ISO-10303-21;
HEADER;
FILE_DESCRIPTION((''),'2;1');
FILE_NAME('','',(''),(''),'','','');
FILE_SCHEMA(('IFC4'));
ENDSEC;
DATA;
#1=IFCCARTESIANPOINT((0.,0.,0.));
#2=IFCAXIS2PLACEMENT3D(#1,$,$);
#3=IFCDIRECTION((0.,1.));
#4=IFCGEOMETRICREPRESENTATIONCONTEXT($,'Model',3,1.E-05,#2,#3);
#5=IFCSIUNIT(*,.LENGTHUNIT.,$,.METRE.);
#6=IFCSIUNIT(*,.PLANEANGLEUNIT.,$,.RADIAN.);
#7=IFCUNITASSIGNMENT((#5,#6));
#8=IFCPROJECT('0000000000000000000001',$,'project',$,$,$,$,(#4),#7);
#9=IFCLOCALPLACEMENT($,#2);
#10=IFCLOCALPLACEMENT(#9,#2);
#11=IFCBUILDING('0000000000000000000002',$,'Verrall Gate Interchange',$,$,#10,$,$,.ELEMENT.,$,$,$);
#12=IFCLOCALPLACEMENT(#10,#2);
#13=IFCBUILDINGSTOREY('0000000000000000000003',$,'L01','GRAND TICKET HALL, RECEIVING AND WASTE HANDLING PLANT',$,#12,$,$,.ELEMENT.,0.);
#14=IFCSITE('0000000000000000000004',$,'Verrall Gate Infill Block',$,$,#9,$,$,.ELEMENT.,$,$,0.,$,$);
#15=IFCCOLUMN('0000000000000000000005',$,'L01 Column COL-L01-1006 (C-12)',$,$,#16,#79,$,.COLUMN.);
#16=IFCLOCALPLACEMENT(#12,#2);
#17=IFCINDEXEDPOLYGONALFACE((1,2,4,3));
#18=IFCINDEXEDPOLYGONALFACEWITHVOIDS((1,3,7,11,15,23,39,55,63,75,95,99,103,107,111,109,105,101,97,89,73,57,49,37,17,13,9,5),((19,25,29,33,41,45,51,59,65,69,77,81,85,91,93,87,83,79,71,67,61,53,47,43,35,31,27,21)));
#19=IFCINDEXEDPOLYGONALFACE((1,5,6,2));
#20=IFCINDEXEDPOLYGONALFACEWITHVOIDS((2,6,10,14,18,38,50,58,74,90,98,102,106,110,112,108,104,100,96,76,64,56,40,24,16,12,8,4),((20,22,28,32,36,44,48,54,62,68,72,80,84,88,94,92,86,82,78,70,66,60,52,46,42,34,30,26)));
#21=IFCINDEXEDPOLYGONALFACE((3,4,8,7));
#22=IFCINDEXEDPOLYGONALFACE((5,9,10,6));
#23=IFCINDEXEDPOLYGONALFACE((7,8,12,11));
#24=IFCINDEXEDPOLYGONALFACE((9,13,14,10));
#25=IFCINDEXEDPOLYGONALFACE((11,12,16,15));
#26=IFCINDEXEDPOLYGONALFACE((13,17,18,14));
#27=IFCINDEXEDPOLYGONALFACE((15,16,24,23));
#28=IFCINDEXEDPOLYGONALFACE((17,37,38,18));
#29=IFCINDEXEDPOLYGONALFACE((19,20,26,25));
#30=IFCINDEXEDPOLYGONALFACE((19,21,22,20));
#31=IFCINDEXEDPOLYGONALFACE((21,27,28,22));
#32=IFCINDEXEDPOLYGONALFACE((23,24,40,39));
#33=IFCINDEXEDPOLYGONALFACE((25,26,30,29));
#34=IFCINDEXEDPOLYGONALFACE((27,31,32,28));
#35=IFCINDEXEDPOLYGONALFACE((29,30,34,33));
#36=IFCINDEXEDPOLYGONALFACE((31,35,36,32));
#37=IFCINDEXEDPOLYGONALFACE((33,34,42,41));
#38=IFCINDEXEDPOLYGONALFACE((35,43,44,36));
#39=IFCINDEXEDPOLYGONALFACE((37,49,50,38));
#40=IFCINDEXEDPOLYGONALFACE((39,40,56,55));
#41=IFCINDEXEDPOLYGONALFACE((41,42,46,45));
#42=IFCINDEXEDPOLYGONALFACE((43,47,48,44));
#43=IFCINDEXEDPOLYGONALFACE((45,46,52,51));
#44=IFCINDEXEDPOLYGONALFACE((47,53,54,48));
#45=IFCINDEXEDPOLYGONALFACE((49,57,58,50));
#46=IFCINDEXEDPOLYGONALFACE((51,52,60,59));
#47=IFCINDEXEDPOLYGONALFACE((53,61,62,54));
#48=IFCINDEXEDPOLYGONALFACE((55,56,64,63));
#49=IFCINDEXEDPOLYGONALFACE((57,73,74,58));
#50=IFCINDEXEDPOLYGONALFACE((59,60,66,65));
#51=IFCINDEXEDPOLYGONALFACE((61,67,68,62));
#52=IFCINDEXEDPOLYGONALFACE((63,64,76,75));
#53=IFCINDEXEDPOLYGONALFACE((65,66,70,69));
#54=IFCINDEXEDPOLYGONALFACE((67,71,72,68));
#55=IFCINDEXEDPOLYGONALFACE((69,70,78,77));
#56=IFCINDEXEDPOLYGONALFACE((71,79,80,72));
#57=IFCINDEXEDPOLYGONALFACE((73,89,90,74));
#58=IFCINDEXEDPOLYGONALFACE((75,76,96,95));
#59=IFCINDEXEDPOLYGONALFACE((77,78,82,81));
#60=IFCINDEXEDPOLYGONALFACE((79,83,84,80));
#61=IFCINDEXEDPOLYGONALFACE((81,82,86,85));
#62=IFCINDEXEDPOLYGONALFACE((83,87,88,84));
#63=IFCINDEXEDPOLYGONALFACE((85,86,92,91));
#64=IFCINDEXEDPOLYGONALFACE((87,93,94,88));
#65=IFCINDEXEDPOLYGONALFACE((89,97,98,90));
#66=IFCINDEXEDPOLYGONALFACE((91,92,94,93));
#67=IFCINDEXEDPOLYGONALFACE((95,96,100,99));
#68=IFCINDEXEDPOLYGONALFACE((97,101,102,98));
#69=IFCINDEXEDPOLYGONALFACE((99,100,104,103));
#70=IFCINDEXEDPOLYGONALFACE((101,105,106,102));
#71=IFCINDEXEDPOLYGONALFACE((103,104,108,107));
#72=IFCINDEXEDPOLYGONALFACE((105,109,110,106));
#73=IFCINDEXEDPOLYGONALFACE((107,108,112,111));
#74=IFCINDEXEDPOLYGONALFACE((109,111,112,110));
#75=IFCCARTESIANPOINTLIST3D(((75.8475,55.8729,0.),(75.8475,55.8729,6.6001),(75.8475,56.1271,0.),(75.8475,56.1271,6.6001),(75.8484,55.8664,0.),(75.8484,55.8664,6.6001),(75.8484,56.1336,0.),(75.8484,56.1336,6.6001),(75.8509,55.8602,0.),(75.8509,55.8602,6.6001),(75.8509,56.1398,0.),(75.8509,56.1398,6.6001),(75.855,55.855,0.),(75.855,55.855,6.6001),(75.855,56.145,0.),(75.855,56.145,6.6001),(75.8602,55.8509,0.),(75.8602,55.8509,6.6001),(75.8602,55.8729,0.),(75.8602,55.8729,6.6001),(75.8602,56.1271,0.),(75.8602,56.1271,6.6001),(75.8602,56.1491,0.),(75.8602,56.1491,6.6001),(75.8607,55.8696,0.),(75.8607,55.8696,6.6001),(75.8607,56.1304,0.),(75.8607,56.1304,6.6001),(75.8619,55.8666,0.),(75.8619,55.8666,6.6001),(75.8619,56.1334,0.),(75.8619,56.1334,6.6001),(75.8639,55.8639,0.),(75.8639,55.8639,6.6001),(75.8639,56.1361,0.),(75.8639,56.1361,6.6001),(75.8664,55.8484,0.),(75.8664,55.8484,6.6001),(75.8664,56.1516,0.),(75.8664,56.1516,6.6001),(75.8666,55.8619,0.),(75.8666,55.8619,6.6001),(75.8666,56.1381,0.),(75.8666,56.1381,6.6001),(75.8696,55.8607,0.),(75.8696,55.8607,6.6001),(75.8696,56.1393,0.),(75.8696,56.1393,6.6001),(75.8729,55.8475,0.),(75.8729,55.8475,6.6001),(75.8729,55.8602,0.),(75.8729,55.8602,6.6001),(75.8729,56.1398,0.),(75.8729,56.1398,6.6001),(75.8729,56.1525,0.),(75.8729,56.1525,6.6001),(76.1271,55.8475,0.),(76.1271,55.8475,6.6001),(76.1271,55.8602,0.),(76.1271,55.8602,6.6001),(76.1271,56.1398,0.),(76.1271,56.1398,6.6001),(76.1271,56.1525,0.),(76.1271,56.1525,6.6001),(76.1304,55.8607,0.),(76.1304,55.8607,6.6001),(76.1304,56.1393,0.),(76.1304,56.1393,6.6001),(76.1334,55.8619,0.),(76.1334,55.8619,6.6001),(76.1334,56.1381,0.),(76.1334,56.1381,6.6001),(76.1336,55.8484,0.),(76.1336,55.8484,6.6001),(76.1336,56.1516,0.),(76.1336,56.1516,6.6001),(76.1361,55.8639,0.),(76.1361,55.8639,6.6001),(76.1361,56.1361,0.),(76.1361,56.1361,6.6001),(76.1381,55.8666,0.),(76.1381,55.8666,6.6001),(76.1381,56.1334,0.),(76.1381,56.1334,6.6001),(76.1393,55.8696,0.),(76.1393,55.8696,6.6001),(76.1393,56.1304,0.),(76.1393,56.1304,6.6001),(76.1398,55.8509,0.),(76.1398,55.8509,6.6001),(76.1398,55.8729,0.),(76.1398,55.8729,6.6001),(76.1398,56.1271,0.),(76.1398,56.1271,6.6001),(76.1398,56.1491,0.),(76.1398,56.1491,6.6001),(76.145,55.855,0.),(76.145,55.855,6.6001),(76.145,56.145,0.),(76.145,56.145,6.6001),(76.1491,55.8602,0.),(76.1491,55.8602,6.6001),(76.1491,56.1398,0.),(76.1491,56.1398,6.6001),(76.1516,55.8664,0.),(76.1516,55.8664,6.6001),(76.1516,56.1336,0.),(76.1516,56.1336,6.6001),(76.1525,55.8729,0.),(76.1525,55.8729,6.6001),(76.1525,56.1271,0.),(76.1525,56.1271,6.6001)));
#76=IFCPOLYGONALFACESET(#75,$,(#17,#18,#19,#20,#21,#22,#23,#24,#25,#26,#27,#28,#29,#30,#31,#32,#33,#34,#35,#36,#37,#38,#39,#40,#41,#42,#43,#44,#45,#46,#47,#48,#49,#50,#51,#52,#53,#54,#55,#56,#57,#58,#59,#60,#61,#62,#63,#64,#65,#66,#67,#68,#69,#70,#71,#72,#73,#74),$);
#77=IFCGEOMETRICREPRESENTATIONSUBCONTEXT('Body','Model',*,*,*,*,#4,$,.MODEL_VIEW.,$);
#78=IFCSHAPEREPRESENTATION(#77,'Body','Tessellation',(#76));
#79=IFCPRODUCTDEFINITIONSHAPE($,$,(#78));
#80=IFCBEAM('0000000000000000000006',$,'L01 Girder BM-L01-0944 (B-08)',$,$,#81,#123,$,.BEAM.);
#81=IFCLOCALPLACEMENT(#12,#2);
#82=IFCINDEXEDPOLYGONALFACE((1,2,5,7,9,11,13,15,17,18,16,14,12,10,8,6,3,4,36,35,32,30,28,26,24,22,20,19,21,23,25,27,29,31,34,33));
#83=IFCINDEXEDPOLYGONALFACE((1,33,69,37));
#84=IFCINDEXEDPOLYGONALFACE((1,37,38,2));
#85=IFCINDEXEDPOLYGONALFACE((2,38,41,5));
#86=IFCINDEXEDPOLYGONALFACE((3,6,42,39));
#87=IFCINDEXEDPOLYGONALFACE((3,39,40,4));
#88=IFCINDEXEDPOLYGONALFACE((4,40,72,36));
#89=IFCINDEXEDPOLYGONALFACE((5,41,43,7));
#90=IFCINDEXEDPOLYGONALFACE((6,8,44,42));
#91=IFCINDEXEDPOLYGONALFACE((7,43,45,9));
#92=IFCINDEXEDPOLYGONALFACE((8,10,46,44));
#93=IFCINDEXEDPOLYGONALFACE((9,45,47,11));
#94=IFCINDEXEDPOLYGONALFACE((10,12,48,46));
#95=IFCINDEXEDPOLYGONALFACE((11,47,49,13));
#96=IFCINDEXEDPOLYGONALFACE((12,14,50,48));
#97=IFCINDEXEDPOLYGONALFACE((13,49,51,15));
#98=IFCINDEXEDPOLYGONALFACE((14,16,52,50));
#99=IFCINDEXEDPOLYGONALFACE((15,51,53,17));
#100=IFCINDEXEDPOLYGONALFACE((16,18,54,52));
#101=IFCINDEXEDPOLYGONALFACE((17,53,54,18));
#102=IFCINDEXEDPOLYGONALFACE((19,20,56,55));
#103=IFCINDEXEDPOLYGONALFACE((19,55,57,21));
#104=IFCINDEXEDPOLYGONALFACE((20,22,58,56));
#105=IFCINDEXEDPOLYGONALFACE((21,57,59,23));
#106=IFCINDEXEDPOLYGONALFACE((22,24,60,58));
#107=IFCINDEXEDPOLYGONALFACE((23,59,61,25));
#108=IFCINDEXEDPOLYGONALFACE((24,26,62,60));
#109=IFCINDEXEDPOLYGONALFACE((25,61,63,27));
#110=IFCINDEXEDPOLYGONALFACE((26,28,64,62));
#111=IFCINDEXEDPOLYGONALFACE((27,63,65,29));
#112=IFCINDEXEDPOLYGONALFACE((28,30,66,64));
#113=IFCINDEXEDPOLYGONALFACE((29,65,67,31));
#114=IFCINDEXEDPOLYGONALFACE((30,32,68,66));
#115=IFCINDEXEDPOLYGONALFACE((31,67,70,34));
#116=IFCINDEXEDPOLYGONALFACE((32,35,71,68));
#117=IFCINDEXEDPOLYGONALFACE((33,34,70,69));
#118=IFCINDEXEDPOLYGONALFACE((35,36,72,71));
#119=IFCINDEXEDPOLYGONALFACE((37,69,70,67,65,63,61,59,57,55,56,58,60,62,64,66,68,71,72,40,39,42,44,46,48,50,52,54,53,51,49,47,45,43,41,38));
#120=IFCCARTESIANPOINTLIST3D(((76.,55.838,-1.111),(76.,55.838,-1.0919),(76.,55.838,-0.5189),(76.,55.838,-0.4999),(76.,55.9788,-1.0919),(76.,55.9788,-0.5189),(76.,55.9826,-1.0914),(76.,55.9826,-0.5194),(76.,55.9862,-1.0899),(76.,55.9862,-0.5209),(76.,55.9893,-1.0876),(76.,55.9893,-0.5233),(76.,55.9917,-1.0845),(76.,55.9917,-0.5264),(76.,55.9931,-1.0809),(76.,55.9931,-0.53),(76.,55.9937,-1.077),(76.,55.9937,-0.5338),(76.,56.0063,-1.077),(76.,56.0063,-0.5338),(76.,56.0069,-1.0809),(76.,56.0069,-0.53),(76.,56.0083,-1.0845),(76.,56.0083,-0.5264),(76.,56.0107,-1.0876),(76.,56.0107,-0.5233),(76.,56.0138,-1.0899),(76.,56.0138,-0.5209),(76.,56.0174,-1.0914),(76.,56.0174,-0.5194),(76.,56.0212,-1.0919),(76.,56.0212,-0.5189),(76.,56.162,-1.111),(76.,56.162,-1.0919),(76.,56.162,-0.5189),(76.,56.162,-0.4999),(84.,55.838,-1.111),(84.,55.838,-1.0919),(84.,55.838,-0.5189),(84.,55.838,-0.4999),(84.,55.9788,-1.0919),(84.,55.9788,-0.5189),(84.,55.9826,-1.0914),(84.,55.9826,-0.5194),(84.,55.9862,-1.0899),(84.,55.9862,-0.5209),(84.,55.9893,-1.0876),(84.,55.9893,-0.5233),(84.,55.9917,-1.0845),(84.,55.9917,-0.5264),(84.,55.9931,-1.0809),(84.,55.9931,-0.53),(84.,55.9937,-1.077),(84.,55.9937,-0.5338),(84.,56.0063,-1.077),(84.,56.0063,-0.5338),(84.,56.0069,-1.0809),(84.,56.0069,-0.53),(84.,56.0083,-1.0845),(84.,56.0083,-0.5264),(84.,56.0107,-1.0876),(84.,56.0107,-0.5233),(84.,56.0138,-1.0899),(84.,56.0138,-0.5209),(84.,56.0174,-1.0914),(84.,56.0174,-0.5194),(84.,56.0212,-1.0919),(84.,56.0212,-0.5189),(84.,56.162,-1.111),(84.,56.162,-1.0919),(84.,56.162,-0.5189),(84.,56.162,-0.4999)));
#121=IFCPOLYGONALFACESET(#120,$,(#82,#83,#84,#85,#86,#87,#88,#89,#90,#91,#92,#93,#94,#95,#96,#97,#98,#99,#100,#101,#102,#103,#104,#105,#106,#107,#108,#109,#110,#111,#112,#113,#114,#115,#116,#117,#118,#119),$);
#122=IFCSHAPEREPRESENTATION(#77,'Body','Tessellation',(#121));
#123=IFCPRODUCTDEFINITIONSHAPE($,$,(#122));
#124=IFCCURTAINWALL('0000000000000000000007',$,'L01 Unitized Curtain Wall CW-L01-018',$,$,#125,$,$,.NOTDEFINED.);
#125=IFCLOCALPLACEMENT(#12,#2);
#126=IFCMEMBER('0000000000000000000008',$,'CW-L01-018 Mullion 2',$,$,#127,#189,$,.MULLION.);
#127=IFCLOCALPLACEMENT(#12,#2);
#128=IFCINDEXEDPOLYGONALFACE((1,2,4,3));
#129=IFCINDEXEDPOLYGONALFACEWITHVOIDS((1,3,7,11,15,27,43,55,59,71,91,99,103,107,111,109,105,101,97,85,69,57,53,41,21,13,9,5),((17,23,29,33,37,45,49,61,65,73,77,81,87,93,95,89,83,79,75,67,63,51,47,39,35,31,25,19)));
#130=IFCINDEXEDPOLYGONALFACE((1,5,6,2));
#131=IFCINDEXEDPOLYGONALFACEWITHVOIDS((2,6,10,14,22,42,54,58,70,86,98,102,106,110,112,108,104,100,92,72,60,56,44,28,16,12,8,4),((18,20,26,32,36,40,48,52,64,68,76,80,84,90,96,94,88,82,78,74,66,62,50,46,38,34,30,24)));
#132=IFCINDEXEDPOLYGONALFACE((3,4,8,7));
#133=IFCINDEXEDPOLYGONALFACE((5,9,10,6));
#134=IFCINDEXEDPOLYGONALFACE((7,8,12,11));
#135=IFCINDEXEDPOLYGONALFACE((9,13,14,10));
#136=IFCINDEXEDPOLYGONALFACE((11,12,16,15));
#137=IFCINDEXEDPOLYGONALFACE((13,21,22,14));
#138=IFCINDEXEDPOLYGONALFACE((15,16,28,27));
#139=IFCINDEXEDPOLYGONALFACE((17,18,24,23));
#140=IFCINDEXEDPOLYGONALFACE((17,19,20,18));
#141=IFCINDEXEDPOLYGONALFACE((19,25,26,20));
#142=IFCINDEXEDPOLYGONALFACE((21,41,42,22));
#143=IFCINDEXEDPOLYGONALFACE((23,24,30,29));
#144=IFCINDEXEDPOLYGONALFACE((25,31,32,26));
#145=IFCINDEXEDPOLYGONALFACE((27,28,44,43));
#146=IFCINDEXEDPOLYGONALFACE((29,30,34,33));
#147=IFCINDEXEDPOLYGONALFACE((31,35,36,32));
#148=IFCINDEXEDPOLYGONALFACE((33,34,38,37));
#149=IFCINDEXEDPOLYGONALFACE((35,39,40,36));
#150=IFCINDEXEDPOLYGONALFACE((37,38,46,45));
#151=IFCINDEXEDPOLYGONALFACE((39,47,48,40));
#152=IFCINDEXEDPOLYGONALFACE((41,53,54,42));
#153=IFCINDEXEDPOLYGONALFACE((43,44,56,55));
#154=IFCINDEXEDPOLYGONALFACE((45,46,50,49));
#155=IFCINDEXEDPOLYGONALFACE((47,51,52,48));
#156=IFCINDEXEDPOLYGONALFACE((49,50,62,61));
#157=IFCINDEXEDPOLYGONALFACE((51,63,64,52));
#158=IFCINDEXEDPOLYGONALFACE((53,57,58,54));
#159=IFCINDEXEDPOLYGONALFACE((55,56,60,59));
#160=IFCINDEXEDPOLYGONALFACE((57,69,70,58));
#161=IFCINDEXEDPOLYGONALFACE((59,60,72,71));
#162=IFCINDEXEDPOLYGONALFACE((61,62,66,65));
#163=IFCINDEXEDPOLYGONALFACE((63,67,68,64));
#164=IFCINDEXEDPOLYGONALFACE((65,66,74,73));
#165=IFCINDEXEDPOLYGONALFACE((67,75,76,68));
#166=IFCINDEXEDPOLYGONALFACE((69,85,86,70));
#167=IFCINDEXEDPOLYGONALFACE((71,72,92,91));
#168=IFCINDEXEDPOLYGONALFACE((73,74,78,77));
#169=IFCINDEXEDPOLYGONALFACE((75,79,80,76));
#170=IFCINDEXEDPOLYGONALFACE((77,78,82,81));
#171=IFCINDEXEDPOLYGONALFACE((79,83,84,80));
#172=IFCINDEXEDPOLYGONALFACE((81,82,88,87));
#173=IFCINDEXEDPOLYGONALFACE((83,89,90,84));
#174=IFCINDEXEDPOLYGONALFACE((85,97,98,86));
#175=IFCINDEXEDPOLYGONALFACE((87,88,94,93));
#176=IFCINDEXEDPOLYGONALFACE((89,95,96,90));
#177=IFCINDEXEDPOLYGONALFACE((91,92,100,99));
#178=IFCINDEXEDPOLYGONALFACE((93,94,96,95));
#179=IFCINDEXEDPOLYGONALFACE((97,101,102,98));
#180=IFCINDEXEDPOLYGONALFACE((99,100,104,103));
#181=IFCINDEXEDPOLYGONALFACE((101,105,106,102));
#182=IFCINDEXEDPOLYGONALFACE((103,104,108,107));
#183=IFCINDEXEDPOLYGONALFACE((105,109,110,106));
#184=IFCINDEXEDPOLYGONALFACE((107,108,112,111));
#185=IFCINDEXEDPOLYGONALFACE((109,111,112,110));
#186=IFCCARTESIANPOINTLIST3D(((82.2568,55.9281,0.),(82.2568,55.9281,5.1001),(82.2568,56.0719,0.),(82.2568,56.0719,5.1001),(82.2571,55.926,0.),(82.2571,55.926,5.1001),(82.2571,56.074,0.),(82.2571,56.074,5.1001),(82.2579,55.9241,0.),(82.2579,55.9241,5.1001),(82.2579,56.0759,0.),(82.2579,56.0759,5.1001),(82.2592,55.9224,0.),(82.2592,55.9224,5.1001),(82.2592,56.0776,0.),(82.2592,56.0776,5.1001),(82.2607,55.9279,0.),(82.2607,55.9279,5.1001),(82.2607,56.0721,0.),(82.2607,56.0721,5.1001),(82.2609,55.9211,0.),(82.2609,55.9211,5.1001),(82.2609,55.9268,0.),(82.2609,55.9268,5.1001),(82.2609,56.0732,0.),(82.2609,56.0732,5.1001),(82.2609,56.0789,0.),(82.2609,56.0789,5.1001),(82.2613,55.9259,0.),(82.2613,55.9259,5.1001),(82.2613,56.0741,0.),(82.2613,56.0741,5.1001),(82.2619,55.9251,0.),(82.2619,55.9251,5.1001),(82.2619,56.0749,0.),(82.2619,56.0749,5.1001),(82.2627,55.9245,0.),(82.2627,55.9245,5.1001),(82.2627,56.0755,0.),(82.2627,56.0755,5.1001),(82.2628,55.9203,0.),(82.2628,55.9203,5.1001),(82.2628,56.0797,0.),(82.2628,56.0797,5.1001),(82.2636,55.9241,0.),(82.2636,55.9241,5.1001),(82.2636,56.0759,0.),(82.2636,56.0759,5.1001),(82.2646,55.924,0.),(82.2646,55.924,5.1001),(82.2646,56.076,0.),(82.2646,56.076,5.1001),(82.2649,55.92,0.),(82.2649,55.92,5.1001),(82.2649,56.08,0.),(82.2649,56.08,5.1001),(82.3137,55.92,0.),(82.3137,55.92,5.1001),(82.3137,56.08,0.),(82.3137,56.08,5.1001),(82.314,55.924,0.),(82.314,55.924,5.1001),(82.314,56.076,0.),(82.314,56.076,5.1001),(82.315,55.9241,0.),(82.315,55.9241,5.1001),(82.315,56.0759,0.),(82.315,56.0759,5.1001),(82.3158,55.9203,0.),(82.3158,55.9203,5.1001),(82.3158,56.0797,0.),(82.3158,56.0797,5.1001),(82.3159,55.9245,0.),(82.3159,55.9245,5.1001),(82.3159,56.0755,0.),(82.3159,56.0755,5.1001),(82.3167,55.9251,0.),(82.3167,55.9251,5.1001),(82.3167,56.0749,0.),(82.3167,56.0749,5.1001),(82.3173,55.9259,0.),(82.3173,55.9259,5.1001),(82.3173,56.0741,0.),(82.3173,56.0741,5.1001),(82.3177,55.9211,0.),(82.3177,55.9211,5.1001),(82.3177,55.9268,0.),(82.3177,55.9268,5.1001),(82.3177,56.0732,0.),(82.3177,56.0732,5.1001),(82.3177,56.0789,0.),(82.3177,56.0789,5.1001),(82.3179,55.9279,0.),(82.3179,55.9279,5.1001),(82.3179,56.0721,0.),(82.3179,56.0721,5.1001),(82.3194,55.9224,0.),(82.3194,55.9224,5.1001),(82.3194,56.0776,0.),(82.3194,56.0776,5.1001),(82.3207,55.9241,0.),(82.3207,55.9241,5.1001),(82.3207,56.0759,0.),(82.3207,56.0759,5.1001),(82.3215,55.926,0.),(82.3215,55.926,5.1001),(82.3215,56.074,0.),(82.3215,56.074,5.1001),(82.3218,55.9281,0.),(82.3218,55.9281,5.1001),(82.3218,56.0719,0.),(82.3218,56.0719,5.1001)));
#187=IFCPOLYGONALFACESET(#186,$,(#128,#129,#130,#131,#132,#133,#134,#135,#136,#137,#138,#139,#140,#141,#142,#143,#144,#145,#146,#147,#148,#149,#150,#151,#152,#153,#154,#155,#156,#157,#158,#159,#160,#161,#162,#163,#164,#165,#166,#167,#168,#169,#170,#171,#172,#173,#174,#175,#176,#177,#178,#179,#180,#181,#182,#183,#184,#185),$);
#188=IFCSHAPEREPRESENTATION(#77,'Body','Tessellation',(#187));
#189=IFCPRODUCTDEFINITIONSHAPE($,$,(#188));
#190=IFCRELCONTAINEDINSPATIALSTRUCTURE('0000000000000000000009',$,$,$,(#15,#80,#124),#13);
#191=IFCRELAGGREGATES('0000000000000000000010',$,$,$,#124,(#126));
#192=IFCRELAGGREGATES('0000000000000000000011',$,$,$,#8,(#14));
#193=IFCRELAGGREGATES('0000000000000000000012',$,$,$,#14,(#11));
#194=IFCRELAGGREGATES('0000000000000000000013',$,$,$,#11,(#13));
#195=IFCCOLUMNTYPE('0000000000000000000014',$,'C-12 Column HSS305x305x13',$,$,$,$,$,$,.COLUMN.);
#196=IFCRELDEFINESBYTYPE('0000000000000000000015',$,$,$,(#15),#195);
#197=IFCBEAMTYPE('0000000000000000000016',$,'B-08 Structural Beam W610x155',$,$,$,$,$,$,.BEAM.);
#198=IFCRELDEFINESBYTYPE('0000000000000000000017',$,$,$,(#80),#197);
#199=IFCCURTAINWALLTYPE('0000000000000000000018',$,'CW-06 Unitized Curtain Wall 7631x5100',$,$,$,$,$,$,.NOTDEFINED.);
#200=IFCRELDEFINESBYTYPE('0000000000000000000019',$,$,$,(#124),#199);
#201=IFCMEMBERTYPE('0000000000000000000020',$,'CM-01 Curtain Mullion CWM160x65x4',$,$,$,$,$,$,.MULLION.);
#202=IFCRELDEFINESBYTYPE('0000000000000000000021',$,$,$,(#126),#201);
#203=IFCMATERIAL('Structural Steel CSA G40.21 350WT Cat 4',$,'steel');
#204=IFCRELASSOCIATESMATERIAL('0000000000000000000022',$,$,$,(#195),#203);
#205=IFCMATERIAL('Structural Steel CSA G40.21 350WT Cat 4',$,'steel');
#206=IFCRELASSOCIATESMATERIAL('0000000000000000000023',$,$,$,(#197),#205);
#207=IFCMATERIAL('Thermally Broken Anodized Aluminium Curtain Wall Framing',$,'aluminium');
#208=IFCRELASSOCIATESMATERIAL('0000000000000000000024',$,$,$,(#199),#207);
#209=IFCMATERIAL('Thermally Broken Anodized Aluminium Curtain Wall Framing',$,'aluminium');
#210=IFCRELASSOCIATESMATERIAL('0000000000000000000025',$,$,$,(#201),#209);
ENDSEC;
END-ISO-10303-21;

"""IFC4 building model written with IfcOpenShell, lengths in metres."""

from ifc_helpers import new_model, si_unit, direction, frame, origin, origin_2d, place, context, subcontext, project, spatial, hollow_rectangle, i_section, extrude, material, material_profile, profile_set, type_object, element, aggregate, save


model = new_model("IFC4")

# Units and contexts
model_context = context("Model", 3, precision=1e-05, world=origin(), true_north=direction((0.0, 1.0)))
body_context = subcontext(model_context, "Body", "Model", "MODEL_VIEW")
ifc_project = project(units=[si_unit("LENGTHUNIT", "METRE"), si_unit("PLANEANGLEUNIT", "RADIAN")], contexts=[model_context])

# Site, building, storey
site_placement = place(None, origin())
site = spatial("IfcSite", under=ifc_project, at=site_placement, Name="Verrall Gate Infill Block", CompositionType="ELEMENT", RefElevation=0.0)
building_placement = place(site_placement, origin())
building = spatial("IfcBuilding", under=site, at=building_placement, Name="Verrall Gate Interchange", CompositionType="ELEMENT")
storey_placement = place(building_placement, origin())
storey = spatial("IfcBuildingStorey", under=building, at=storey_placement, Name="L01", Description="GRAND TICKET HALL, RECEIVING AND WASTE HANDLING PLANT", CompositionType="ELEMENT", Elevation=0.0)

# Column
ifc_material_1 = material(Name="Structural Steel CSA G40.21 350WT Cat 4", Category="steel")
ifc_material_profile_1 = material_profile(ifc_material_1, hollow_rectangle(XDim=0.3049, YDim=0.3049, WallThickness=0.0127, InnerFilletRadius=0.0127, OuterFilletRadius=0.0254, at=origin_2d()), Name="HSS305x305x13")
ifc_profile_set_1 = profile_set([ifc_material_profile_1], Name="Structural Steel CSA G40.21 350WT Cat 4")
column_type = type_object("IfcColumnType", Name="C-12 Column HSS305x305x13", PredefinedType="COLUMN", material=ifc_profile_set_1)
column_placement = place(storey_placement, frame((76.0, 56.0, 0.0), z_axis=(0.0, 0.0, 1.0), x_axis=(1.0, 0.0, 0.0)))
element("IfcColumn", 1, at=column_placement, inside=storey, type_object=column_type, Name="L01 Column COL-L01-1006 (C-12)", PredefinedType="COLUMN", context=body_context, shape_type="SweptSolid", body=[
    extrude(hollow_rectangle(XDim=0.3049, YDim=0.3049, WallThickness=0.0127, InnerFilletRadius=0.0127, OuterFilletRadius=0.0254, at=origin_2d()), origin(), (0.0, 0.0, 1.0), 6.6001),
])

# Beam
ifc_material_2 = material(Name="Structural Steel CSA G40.21 350WT Cat 4", Category="steel")
ifc_material_profile_2 = material_profile(ifc_material_2, i_section(OverallWidth=0.324, OverallDepth=0.6111, WebThickness=0.0127, FlangeThickness=0.019, FilletRadius=0.0149, at=origin_2d()), Name="W610x155")
ifc_profile_set_2 = profile_set([ifc_material_profile_2], Name="Structural Steel CSA G40.21 350WT Cat 4")
beam_type = type_object("IfcBeamType", Name="B-08 Structural Beam W610x155", PredefinedType="BEAM", material=ifc_profile_set_2)
beam_placement = place(storey_placement, frame((76.0, 56.0, -0.8054), z_axis=(1.0, 0.0, 0.0), x_axis=(0.0, 1.0, 0.0)))
element("IfcBeam", 2, at=beam_placement, inside=storey, type_object=beam_type, Name="L01 Girder BM-L01-0944 (B-08)", PredefinedType="BEAM", context=body_context, shape_type="SweptSolid", body=[
    extrude(i_section(OverallWidth=0.324, OverallDepth=0.6111, WebThickness=0.0127, FlangeThickness=0.019, FilletRadius=0.0149, at=origin_2d()), origin(), (0.0, 0.0, 1.0), 8.0),
])

# Curtain wall, member
ifc_material_3 = material(Name="Thermally Broken Anodized Aluminium Curtain Wall Framing", Category="aluminium")
curtain_wall_type = type_object("IfcCurtainWallType", Name="CW-06 Unitized Curtain Wall 7631x5100", PredefinedType="NOTDEFINED", material=ifc_material_3)
curtain_wall_placement = place(storey_placement, origin())
curtain_wall = element("IfcCurtainWall", 3, at=curtain_wall_placement, inside=storey, type_object=curtain_wall_type, Name="L01 Unitized Curtain Wall CW-L01-018", PredefinedType="NOTDEFINED")
ifc_material_4 = material(Name="Thermally Broken Anodized Aluminium Curtain Wall Framing", Category="aluminium")
ifc_material_profile_3 = material_profile(ifc_material_4, hollow_rectangle(XDim=0.0649, YDim=0.1599, WallThickness=0.0039, InnerFilletRadius=0.0039, OuterFilletRadius=0.0081, at=origin_2d()), Name="CWM160x65x4")
ifc_profile_set_3 = profile_set([ifc_material_profile_3], Name="Thermally Broken Anodized Aluminium Curtain Wall Framing")
member_type = type_object("IfcMemberType", Name="CM-01 Curtain Mullion CWM160x65x4", PredefinedType="MULLION", material=ifc_profile_set_3)
member_1_placement = place(storey_placement, frame((82.2893, 56.0, 0.0), z_axis=(0.0, 0.0, 1.0), x_axis=(-1.0, 0.0, 0.0)))
member_1 = element("IfcMember", 4, at=member_1_placement, type_object=member_type, Name="CW-L01-018 Mullion 2", PredefinedType="MULLION", context=body_context, shape_type="SweptSolid", body=[
    extrude(hollow_rectangle(XDim=0.0649, YDim=0.1599, WallThickness=0.0039, InnerFilletRadius=0.0039, OuterFilletRadius=0.0081, at=origin_2d()), origin(), (0.0, 0.0, 1.0), 5.1001),
])
aggregate(curtain_wall, [member_1])

save(model, "model.ifc")
